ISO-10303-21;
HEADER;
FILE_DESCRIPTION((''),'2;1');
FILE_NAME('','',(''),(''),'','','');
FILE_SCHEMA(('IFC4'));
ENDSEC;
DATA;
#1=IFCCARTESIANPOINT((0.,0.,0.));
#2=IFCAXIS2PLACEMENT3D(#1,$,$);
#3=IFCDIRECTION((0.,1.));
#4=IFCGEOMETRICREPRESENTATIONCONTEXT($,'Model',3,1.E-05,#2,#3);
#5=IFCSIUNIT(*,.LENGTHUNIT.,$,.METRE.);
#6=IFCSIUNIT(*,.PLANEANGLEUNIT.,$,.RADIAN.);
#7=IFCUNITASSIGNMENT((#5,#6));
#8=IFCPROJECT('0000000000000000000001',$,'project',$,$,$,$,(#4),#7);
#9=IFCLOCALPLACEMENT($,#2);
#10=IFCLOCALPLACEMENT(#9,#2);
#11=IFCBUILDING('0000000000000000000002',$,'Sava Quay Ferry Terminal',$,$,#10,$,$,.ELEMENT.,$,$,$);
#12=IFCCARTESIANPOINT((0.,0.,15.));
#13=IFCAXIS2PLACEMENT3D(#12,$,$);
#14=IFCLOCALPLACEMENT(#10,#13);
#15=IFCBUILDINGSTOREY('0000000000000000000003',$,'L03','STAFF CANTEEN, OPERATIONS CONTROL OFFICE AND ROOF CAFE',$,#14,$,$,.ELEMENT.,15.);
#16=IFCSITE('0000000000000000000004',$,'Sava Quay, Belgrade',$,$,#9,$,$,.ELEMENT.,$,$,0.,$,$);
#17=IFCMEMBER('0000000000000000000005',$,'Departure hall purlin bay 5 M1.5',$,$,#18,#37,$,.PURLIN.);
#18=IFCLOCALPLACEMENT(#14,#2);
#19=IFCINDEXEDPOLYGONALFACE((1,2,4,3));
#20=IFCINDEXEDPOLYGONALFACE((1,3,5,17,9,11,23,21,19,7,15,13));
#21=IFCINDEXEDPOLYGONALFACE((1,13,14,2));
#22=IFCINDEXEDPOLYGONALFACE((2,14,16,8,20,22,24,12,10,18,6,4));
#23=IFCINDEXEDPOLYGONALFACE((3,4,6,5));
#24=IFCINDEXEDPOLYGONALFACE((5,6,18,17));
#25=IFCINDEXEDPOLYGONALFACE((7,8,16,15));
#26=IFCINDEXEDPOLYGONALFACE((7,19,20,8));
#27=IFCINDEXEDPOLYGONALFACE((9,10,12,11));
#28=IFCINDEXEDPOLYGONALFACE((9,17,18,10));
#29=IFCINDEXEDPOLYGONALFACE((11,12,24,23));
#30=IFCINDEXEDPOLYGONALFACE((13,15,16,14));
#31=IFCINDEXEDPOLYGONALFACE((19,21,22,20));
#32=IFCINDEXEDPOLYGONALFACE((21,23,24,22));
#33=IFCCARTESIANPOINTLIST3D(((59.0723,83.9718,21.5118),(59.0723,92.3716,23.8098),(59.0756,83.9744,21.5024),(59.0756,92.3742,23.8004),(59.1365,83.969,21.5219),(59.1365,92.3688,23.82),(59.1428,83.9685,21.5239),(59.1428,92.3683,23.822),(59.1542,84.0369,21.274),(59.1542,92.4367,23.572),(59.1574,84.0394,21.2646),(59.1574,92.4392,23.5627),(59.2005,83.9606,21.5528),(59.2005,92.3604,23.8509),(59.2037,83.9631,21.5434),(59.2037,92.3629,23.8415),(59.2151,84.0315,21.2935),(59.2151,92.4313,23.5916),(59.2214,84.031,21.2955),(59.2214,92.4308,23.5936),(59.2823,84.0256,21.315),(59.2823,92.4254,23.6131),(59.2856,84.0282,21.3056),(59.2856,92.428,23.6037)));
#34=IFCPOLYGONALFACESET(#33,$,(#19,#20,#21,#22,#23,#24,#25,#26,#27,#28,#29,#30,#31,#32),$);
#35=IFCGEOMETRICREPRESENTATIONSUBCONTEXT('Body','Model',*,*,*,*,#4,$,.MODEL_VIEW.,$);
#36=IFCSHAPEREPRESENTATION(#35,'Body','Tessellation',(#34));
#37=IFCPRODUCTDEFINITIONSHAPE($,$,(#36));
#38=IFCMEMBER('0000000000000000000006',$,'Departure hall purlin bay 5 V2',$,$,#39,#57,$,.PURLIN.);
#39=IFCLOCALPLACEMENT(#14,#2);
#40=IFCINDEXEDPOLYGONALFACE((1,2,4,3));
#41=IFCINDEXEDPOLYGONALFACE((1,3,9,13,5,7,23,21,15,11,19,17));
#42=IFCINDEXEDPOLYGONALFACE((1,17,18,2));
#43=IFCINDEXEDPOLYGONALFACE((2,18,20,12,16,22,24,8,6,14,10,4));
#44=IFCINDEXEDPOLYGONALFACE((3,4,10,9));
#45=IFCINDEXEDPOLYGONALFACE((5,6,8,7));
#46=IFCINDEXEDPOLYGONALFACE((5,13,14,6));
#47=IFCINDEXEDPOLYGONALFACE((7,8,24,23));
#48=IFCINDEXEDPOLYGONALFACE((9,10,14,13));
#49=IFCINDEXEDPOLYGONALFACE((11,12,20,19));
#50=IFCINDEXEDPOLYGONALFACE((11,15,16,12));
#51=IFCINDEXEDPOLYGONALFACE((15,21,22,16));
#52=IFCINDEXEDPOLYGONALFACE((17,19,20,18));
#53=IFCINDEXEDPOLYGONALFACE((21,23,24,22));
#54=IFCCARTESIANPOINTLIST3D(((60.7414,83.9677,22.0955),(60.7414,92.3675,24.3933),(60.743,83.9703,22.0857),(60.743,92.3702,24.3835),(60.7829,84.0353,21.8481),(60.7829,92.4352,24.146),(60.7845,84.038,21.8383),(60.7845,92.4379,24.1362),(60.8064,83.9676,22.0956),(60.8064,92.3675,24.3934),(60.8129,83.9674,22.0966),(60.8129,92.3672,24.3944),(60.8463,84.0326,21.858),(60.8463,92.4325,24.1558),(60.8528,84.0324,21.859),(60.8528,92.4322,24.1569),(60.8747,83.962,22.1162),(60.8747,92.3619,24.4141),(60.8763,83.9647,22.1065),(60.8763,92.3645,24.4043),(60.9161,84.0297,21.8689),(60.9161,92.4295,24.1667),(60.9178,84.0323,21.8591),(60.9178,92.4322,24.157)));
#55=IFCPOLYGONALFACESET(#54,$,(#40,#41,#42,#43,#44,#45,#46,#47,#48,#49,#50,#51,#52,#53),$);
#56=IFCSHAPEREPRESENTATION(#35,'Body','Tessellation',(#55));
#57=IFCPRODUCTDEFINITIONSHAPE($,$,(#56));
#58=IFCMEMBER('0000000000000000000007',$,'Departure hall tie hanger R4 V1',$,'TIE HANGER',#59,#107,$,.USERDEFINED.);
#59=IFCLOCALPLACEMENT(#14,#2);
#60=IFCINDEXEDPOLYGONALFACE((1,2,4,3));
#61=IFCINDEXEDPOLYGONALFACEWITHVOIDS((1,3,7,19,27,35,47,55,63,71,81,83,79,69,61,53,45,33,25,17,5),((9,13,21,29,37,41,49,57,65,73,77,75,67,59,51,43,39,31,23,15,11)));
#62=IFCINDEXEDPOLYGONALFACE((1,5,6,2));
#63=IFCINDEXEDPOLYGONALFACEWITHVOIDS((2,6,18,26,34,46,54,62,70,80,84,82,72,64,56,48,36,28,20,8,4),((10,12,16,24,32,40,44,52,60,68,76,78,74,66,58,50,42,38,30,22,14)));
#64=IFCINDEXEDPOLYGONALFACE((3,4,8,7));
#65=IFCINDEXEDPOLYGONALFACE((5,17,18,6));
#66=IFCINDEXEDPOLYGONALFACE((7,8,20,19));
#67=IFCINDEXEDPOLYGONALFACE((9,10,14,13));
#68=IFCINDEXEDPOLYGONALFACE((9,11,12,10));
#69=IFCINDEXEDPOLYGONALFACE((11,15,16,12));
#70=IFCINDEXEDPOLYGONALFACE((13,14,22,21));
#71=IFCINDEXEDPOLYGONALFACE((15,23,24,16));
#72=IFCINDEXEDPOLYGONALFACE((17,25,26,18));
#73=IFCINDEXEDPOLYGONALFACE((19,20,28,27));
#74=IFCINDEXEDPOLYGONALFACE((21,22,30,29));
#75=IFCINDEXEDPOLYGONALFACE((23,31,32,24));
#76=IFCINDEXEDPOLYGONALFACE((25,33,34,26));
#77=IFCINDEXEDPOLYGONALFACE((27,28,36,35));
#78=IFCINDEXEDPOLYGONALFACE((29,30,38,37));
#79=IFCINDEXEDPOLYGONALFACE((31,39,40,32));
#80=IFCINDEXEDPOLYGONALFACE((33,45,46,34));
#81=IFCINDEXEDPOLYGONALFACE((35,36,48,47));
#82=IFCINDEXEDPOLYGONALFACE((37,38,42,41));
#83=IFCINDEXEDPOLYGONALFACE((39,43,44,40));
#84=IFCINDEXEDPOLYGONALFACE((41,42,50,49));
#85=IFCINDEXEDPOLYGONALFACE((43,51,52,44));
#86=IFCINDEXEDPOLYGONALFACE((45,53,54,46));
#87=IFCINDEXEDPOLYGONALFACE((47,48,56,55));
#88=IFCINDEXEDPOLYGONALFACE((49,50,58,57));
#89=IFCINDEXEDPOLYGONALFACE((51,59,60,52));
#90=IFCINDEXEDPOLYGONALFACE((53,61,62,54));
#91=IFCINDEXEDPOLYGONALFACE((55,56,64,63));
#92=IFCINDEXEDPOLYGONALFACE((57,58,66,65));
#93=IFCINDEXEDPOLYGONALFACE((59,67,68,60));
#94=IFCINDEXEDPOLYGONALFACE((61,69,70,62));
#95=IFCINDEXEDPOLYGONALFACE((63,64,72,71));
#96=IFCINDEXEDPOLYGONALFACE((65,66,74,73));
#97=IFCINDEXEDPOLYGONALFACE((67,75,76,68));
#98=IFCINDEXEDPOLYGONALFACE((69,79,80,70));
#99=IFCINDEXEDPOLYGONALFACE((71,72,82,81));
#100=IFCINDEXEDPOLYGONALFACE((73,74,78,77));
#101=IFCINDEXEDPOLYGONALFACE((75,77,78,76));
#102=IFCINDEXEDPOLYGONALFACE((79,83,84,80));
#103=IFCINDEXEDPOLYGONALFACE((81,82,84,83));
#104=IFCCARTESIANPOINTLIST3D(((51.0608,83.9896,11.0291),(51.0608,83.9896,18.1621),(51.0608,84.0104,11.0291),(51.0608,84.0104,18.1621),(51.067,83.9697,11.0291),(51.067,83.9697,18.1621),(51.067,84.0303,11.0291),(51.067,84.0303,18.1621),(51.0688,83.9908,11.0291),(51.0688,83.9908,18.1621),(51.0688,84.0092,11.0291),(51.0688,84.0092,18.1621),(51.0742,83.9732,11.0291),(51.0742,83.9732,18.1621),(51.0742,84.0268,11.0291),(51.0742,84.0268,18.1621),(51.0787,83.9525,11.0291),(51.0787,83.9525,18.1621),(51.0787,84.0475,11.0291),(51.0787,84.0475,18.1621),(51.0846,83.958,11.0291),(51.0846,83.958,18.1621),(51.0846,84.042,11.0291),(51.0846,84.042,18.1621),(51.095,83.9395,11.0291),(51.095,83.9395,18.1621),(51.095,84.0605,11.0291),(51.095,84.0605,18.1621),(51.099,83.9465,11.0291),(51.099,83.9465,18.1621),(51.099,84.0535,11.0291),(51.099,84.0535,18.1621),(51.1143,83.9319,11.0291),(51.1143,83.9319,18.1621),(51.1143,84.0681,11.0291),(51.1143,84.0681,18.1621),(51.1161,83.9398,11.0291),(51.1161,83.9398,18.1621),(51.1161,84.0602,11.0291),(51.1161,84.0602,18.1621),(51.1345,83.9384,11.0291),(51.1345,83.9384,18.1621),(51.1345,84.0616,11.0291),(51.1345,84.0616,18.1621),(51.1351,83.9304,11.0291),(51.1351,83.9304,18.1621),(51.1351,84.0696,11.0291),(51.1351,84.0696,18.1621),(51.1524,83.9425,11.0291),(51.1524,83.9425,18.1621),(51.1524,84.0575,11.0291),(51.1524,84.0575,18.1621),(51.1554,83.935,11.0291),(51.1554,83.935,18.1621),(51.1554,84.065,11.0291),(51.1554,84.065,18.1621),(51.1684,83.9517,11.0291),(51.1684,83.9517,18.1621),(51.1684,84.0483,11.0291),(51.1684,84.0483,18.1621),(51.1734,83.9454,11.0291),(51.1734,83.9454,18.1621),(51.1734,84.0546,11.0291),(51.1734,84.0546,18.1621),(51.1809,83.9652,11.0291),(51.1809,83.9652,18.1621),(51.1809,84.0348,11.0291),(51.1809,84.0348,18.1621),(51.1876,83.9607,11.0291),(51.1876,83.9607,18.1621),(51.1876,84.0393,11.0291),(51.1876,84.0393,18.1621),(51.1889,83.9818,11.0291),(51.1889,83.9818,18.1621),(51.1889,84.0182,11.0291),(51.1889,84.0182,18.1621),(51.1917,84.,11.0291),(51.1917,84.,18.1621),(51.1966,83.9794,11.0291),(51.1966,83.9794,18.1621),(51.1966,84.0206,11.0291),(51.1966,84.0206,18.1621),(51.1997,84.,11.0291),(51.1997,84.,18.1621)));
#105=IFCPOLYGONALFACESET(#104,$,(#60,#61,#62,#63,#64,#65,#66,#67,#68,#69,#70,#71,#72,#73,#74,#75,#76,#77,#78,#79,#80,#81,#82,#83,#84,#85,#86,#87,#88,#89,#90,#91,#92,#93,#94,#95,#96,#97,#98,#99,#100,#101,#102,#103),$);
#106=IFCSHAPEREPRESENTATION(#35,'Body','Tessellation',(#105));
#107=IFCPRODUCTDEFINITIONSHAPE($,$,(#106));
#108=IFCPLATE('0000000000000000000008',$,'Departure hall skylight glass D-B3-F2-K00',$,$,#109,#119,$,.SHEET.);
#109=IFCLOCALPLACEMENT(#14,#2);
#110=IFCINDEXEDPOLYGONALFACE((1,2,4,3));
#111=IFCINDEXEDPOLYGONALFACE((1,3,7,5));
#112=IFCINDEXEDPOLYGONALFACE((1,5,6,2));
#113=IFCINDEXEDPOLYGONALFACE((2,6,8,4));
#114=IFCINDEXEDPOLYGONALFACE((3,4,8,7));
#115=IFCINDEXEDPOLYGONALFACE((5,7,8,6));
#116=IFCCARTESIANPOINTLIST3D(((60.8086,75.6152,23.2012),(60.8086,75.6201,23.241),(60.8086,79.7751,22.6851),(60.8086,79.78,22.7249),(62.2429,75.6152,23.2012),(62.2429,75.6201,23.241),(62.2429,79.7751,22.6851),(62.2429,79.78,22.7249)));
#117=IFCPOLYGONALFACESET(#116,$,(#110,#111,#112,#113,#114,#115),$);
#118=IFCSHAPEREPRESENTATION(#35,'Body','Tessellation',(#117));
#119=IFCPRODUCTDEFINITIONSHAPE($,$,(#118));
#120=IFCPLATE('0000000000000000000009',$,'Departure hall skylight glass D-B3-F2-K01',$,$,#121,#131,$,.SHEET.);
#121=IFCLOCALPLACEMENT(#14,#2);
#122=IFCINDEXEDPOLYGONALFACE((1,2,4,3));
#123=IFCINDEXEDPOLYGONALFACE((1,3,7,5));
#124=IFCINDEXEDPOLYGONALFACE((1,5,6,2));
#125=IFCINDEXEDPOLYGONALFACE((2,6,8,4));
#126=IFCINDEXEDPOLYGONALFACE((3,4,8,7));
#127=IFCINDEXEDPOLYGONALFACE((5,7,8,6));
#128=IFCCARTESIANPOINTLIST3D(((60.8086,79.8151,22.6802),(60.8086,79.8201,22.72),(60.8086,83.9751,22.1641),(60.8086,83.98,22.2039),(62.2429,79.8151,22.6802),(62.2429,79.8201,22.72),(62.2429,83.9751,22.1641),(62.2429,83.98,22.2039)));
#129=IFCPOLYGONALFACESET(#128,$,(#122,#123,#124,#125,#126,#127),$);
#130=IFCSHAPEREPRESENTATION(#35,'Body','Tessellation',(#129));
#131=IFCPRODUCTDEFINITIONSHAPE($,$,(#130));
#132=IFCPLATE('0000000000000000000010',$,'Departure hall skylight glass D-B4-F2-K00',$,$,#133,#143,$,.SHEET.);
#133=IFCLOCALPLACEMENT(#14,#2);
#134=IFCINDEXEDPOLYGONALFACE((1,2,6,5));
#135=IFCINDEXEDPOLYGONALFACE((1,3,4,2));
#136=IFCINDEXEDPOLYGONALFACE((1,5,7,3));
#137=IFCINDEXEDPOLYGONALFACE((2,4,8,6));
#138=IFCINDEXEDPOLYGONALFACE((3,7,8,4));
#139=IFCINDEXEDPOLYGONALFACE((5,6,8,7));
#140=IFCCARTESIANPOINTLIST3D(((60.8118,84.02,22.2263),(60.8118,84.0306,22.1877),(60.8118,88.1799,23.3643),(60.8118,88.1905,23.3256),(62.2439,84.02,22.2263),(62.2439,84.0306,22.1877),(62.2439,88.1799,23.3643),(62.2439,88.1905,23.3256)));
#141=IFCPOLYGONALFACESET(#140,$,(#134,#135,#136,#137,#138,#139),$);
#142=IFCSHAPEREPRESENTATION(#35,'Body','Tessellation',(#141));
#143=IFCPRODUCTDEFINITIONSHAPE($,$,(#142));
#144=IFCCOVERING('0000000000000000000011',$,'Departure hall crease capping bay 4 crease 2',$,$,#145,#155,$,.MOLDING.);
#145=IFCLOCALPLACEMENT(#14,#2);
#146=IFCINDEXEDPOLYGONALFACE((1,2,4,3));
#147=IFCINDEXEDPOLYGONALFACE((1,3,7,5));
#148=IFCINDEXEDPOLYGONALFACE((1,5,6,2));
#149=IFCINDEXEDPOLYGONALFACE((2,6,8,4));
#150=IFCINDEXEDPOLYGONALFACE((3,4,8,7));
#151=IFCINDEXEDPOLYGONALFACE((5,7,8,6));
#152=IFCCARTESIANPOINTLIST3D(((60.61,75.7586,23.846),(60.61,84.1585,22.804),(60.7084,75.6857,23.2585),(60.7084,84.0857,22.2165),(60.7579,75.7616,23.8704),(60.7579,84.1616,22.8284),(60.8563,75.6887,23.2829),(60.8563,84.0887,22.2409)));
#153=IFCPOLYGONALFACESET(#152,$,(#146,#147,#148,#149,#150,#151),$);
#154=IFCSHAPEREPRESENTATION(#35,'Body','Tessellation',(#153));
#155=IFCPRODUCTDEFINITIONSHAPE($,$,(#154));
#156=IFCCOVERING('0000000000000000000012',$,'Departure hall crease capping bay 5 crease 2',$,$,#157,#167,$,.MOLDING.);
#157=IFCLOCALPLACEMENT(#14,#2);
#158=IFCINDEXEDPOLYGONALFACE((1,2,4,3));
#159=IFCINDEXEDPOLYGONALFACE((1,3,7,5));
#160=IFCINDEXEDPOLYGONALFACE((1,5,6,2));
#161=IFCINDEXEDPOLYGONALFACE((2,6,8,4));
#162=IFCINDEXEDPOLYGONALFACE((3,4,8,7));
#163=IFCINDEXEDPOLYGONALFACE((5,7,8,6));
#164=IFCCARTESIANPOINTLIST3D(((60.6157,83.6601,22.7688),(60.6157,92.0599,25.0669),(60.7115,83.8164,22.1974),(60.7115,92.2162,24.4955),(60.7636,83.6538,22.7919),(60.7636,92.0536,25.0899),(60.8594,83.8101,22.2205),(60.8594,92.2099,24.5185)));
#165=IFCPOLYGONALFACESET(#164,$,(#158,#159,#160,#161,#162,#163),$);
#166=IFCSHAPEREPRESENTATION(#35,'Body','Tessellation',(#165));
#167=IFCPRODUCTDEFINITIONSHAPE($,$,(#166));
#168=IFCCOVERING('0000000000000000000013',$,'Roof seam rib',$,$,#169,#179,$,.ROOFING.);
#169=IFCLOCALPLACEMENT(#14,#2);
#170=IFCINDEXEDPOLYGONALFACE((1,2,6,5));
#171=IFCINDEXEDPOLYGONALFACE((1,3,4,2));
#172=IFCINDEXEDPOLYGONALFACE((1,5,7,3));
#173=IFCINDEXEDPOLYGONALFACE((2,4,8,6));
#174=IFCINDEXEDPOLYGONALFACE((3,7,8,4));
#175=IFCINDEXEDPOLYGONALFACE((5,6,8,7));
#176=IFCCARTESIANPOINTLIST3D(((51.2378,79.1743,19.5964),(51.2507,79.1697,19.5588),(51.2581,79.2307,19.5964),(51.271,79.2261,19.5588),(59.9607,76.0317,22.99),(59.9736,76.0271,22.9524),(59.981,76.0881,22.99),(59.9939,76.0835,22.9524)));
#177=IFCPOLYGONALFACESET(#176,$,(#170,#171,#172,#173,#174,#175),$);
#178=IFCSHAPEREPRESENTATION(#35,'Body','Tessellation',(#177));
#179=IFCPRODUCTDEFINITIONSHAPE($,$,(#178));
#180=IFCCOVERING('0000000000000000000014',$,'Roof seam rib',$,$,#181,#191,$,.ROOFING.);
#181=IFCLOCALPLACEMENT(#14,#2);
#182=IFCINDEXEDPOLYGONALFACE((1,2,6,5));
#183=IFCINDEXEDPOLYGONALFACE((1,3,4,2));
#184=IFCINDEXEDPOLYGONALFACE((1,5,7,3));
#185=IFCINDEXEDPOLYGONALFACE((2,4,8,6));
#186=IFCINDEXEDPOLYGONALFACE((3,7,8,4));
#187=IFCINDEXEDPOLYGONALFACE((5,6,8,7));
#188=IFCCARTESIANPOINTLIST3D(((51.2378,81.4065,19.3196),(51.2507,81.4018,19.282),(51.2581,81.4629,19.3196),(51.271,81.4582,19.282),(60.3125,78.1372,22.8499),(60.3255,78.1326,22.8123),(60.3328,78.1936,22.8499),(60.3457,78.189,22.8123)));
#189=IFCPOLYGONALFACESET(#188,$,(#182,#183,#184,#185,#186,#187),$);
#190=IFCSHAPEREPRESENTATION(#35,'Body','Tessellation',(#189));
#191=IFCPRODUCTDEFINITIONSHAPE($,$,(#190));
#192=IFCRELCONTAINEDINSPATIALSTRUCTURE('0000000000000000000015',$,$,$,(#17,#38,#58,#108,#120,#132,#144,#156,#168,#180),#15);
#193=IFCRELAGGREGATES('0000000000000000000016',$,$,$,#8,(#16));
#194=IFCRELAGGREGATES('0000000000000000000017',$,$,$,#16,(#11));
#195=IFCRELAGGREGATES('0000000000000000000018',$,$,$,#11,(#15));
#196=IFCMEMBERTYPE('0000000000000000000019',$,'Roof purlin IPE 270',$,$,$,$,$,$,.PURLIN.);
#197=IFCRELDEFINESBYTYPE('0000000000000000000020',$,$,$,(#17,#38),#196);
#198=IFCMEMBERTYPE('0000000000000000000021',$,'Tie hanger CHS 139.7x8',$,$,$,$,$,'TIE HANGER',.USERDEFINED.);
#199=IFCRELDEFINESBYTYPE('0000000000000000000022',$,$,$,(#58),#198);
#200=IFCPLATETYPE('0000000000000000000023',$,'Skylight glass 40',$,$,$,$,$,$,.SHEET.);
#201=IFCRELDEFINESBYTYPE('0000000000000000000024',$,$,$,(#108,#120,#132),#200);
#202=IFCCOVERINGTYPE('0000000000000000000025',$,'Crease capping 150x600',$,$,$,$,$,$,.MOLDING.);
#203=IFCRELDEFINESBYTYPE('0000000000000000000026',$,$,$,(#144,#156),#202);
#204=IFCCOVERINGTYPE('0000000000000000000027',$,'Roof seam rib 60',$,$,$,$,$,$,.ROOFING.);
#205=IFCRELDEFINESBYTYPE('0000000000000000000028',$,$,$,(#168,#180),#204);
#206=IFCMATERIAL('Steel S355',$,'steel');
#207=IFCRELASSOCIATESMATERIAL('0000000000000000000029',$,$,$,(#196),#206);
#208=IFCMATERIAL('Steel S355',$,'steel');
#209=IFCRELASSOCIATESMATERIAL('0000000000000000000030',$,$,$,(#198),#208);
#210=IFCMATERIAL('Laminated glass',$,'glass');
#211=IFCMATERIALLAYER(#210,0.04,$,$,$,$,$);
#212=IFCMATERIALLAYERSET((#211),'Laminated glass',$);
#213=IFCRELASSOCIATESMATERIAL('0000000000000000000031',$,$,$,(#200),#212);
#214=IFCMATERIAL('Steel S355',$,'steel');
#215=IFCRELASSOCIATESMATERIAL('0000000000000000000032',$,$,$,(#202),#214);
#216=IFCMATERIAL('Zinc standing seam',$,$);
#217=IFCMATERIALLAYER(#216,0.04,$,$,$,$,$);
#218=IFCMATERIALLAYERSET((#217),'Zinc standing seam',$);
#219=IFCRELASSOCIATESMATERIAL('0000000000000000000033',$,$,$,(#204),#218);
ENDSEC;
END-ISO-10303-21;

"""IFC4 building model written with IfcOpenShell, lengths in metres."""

from ifc_helpers import new_model, si_unit, direction, frame, origin, origin_2d, place, context, subcontext, project, spatial, polyline, rectangle, hollow_circle, i_section, outline, extrude, material, layer, layer_set, material_profile, profile_set, type_object, element, save


model = new_model("IFC4")

# Units and contexts
model_context = context("Model", 3, precision=1e-05, world=origin(), true_north=direction((0.0, 1.0)))
body_context = subcontext(model_context, "Body", "Model", "MODEL_VIEW")
ifc_project = project(units=[si_unit("LENGTHUNIT", "METRE"), si_unit("PLANEANGLEUNIT", "RADIAN")], contexts=[model_context])

# Site, building, storey
site_placement = place(None, origin())
site = spatial("IfcSite", under=ifc_project, at=site_placement, Name="Sava Quay, Belgrade", CompositionType="ELEMENT", RefElevation=0.0)
building_placement = place(site_placement, origin())
building = spatial("IfcBuilding", under=site, at=building_placement, Name="Sava Quay Ferry Terminal", CompositionType="ELEMENT")
storey_placement = place(building_placement, frame((0.0, 0.0, 15.0)))
storey = spatial("IfcBuildingStorey", under=building, at=storey_placement, Name="L03", Description="STAFF CANTEEN, OPERATIONS CONTROL OFFICE AND ROOF CAFE", CompositionType="ELEMENT", Elevation=15.0)

# Members
ifc_material_1 = material(Name="Steel S355", Category="steel")
ifc_material_profile_1 = material_profile(ifc_material_1, i_section(OverallWidth=0.135, OverallDepth=0.27, WebThickness=0.0066, FlangeThickness=0.0103, at=origin_2d()), Name="IPE 270")
ifc_profile_set_1 = profile_set([ifc_material_profile_1], Name="Steel S355")
member_type_1 = type_object("IfcMemberType", Name="Roof purlin IPE 270", PredefinedType="PURLIN", material=ifc_profile_set_1)
for number, where, z_axis, x_axis, name in (
    (1, (59.179, 84.0, 21.4087), (0.0, 0.964553, 0.263888), (-0.949027, 0.083176, -0.304022), "Departure hall purlin bay 5 M1.5"),
    (2, (60.8296, 84.0, 21.9773), (0.0, 0.96456, 0.263862), (-0.987175, 0.042124, -0.153987), "Departure hall purlin bay 5 V2"),
):
    element("IfcMember", number, at=place(storey_placement, frame(where, z_axis=z_axis, x_axis=x_axis)), inside=storey, type_object=member_type_1, Name=name, PredefinedType="PURLIN", context=body_context, shape_type="SweptSolid", body=[
        extrude(i_section(OverallWidth=0.135, OverallDepth=0.27, WebThickness=0.0066, FlangeThickness=0.0103, at=origin_2d()), origin(), (0.0, 0.0, 1.0), 8.7085),
    ])
ifc_material_2 = material(Name="Steel S355", Category="steel")
ifc_material_profile_2 = material_profile(ifc_material_2, hollow_circle(Radius=0.0698, WallThickness=0.0081, at=origin_2d()), Name="CHS 139.7 x 8.0")
ifc_profile_set_2 = profile_set([ifc_material_profile_2], Name="Steel S355")
member_type_2 = type_object("IfcMemberType", Name="Tie hanger CHS 139.7x8", ElementType="TIE HANGER", PredefinedType="USERDEFINED", material=ifc_profile_set_2)
member_placement = place(storey_placement, frame((51.1299, 84.0, 11.0291), z_axis=(0.0, 0.0, 1.0), x_axis=(1.0, 0.0, 0.0)))
element("IfcMember", 3, at=member_placement, inside=storey, type_object=member_type_2, Name="Departure hall tie hanger R4 V1", ObjectType="TIE HANGER", PredefinedType="USERDEFINED", context=body_context, shape_type="SweptSolid", body=[
    extrude(hollow_circle(Radius=0.0698, WallThickness=0.0081, at=origin_2d()), origin(), (0.0, 0.0, 1.0), 7.1331),
])

# Plates
ifc_material_3 = material(Name="Laminated glass", Category="glass")
ifc_layer_1 = layer(ifc_material_3, 0.04)
ifc_layer_set_1 = layer_set([ifc_layer_1], Name="Laminated glass")
plate_type = type_object("IfcPlateType", Name="Skylight glass 40", PredefinedType="SHEET", material=ifc_layer_set_1)
for number, where, z_axis, x_axis, name in (
    (4, (60.8086, 75.6201, 23.241), (0.0, 0.123124, 0.992391), (0.0, 0.992391, -0.123124), "Departure hall skylight glass D-B3-F2-K00"),
    (5, (60.8086, 79.8201, 22.72), (0.0, 0.123124, 0.992391), (0.0, 0.992391, -0.123124), "Departure hall skylight glass D-B3-F2-K01"),
):
    element("IfcPlate", number, at=place(storey_placement, frame(where, z_axis=z_axis, x_axis=x_axis)), inside=storey, type_object=plate_type, Name=name, PredefinedType="SHEET", context=body_context, shape_type="SweptSolid", body=[
        extrude(outline(polyline([(0.0, 0.0), (4.1918, 0.0), (4.1918, -1.4343), (0.0, -1.4343), (0.0, 0.0)])), origin(), (0.0, 0.0, -1.0), 0.04),
    ])
plate_placement = place(storey_placement, frame((60.8118, 84.02, 22.2263), z_axis=(0.0, -0.263855, 0.964562), x_axis=(0.0, 0.964562, 0.263855)))
element("IfcPlate", 6, at=plate_placement, inside=storey, type_object=plate_type, Name="Departure hall skylight glass D-B4-F2-K00", PredefinedType="SHEET", context=body_context, shape_type="SweptSolid", body=[
    extrude(outline(polyline([(0.0, 0.0), (4.3127, 0.0), (4.3127, -1.4321), (0.0, -1.4321), (0.0, 0.0)])), origin(), (0.0, 0.0, -1.0), 0.04),
])

# Coverings
ifc_material_4 = material(Name="Steel S355", Category="steel")
ifc_material_profile_3 = material_profile(ifc_material_4, rectangle(XDim=0.1499, YDim=0.6001, at=origin_2d()), Name="Cap 150 x 600")
ifc_profile_set_3 = profile_set([ifc_material_profile_3], Name="Steel S355")
covering_type_1 = type_object("IfcCoveringType", Name="Crease capping 150x600", PredefinedType="MOLDING", material=ifc_profile_set_3)
covering_1_placement = place(storey_placement, frame((60.7332, 75.7236, 23.5645), z_axis=(0.0, 0.992394, -0.123105), x_axis=(-0.986478, -0.020176, -0.162645)))
element("IfcCovering", 7, at=covering_1_placement, inside=storey, type_object=covering_type_1, Name="Departure hall crease capping bay 4 crease 2", PredefinedType="MOLDING", context=body_context, shape_type="SweptSolid", body=[
    extrude(rectangle(XDim=0.1499, YDim=0.6001, at=origin_2d()), origin(), (0.0, 0.0, 1.0), 8.4644),
])
covering_2_placement = place(storey_placement, frame((60.7375, 83.7351, 22.4946), z_axis=(0.0, 0.964553, 0.263888), x_axis=(-0.987175, 0.042128, -0.153986)))
element("IfcCovering", 8, at=covering_2_placement, inside=storey, type_object=covering_type_1, Name="Departure hall crease capping bay 5 crease 2", PredefinedType="MOLDING", context=body_context, shape_type="SweptSolid", body=[
    extrude(rectangle(XDim=0.1499, YDim=0.6001, at=origin_2d()), origin(), (0.0, 0.0, 1.0), 8.7085),
])
ifc_material_5 = material(Name="Zinc standing seam")
ifc_layer_2 = layer(ifc_material_5, 0.04)
ifc_layer_set_2 = layer_set([ifc_layer_2], Name="Zinc standing seam")
covering_type_2 = type_object("IfcCoveringType", Name="Roof seam rib 60", PredefinedType="ROOFING", material=ifc_layer_set_2)
covering_3_placement = place(storey_placement, frame((51.2581, 79.2307, 19.5964), z_axis=(-0.323466, 0.116224, 0.939075), x_axis=(0.883489, -0.318292, 0.343712)))
element("IfcCovering", 9, at=covering_3_placement, inside=storey, type_object=covering_type_2, Name="Roof seam rib", PredefinedType="ROOFING", context=body_context, shape_type="SweptSolid", body=[
    extrude(outline(polyline([(0.0, 0.0), (9.8732, 0.0), (9.8733, -0.0599), (0.0, -0.0599), (0.0, 0.0)])), origin(), (0.0, 0.0, -1.0), 0.04),
])
covering_4_placement = place(storey_placement, frame((51.2581, 81.4629, 19.3196), z_axis=(-0.323454, 0.116219, 0.93908), x_axis=(0.883494, -0.318291, 0.3437)))
element("IfcCovering", 10, at=covering_4_placement, inside=storey, type_object=covering_type_2, Name="Roof seam rib", PredefinedType="ROOFING", context=body_context, shape_type="SweptSolid", body=[
    extrude(outline(polyline([(0.0, 0.0), (10.2714, 0.0), (10.2714, -0.0599), (0.0, -0.0599), (0.0, 0.0)])), origin(), (0.0, 0.0, -1.0), 0.04),
])

save(model, "model.ifc")
